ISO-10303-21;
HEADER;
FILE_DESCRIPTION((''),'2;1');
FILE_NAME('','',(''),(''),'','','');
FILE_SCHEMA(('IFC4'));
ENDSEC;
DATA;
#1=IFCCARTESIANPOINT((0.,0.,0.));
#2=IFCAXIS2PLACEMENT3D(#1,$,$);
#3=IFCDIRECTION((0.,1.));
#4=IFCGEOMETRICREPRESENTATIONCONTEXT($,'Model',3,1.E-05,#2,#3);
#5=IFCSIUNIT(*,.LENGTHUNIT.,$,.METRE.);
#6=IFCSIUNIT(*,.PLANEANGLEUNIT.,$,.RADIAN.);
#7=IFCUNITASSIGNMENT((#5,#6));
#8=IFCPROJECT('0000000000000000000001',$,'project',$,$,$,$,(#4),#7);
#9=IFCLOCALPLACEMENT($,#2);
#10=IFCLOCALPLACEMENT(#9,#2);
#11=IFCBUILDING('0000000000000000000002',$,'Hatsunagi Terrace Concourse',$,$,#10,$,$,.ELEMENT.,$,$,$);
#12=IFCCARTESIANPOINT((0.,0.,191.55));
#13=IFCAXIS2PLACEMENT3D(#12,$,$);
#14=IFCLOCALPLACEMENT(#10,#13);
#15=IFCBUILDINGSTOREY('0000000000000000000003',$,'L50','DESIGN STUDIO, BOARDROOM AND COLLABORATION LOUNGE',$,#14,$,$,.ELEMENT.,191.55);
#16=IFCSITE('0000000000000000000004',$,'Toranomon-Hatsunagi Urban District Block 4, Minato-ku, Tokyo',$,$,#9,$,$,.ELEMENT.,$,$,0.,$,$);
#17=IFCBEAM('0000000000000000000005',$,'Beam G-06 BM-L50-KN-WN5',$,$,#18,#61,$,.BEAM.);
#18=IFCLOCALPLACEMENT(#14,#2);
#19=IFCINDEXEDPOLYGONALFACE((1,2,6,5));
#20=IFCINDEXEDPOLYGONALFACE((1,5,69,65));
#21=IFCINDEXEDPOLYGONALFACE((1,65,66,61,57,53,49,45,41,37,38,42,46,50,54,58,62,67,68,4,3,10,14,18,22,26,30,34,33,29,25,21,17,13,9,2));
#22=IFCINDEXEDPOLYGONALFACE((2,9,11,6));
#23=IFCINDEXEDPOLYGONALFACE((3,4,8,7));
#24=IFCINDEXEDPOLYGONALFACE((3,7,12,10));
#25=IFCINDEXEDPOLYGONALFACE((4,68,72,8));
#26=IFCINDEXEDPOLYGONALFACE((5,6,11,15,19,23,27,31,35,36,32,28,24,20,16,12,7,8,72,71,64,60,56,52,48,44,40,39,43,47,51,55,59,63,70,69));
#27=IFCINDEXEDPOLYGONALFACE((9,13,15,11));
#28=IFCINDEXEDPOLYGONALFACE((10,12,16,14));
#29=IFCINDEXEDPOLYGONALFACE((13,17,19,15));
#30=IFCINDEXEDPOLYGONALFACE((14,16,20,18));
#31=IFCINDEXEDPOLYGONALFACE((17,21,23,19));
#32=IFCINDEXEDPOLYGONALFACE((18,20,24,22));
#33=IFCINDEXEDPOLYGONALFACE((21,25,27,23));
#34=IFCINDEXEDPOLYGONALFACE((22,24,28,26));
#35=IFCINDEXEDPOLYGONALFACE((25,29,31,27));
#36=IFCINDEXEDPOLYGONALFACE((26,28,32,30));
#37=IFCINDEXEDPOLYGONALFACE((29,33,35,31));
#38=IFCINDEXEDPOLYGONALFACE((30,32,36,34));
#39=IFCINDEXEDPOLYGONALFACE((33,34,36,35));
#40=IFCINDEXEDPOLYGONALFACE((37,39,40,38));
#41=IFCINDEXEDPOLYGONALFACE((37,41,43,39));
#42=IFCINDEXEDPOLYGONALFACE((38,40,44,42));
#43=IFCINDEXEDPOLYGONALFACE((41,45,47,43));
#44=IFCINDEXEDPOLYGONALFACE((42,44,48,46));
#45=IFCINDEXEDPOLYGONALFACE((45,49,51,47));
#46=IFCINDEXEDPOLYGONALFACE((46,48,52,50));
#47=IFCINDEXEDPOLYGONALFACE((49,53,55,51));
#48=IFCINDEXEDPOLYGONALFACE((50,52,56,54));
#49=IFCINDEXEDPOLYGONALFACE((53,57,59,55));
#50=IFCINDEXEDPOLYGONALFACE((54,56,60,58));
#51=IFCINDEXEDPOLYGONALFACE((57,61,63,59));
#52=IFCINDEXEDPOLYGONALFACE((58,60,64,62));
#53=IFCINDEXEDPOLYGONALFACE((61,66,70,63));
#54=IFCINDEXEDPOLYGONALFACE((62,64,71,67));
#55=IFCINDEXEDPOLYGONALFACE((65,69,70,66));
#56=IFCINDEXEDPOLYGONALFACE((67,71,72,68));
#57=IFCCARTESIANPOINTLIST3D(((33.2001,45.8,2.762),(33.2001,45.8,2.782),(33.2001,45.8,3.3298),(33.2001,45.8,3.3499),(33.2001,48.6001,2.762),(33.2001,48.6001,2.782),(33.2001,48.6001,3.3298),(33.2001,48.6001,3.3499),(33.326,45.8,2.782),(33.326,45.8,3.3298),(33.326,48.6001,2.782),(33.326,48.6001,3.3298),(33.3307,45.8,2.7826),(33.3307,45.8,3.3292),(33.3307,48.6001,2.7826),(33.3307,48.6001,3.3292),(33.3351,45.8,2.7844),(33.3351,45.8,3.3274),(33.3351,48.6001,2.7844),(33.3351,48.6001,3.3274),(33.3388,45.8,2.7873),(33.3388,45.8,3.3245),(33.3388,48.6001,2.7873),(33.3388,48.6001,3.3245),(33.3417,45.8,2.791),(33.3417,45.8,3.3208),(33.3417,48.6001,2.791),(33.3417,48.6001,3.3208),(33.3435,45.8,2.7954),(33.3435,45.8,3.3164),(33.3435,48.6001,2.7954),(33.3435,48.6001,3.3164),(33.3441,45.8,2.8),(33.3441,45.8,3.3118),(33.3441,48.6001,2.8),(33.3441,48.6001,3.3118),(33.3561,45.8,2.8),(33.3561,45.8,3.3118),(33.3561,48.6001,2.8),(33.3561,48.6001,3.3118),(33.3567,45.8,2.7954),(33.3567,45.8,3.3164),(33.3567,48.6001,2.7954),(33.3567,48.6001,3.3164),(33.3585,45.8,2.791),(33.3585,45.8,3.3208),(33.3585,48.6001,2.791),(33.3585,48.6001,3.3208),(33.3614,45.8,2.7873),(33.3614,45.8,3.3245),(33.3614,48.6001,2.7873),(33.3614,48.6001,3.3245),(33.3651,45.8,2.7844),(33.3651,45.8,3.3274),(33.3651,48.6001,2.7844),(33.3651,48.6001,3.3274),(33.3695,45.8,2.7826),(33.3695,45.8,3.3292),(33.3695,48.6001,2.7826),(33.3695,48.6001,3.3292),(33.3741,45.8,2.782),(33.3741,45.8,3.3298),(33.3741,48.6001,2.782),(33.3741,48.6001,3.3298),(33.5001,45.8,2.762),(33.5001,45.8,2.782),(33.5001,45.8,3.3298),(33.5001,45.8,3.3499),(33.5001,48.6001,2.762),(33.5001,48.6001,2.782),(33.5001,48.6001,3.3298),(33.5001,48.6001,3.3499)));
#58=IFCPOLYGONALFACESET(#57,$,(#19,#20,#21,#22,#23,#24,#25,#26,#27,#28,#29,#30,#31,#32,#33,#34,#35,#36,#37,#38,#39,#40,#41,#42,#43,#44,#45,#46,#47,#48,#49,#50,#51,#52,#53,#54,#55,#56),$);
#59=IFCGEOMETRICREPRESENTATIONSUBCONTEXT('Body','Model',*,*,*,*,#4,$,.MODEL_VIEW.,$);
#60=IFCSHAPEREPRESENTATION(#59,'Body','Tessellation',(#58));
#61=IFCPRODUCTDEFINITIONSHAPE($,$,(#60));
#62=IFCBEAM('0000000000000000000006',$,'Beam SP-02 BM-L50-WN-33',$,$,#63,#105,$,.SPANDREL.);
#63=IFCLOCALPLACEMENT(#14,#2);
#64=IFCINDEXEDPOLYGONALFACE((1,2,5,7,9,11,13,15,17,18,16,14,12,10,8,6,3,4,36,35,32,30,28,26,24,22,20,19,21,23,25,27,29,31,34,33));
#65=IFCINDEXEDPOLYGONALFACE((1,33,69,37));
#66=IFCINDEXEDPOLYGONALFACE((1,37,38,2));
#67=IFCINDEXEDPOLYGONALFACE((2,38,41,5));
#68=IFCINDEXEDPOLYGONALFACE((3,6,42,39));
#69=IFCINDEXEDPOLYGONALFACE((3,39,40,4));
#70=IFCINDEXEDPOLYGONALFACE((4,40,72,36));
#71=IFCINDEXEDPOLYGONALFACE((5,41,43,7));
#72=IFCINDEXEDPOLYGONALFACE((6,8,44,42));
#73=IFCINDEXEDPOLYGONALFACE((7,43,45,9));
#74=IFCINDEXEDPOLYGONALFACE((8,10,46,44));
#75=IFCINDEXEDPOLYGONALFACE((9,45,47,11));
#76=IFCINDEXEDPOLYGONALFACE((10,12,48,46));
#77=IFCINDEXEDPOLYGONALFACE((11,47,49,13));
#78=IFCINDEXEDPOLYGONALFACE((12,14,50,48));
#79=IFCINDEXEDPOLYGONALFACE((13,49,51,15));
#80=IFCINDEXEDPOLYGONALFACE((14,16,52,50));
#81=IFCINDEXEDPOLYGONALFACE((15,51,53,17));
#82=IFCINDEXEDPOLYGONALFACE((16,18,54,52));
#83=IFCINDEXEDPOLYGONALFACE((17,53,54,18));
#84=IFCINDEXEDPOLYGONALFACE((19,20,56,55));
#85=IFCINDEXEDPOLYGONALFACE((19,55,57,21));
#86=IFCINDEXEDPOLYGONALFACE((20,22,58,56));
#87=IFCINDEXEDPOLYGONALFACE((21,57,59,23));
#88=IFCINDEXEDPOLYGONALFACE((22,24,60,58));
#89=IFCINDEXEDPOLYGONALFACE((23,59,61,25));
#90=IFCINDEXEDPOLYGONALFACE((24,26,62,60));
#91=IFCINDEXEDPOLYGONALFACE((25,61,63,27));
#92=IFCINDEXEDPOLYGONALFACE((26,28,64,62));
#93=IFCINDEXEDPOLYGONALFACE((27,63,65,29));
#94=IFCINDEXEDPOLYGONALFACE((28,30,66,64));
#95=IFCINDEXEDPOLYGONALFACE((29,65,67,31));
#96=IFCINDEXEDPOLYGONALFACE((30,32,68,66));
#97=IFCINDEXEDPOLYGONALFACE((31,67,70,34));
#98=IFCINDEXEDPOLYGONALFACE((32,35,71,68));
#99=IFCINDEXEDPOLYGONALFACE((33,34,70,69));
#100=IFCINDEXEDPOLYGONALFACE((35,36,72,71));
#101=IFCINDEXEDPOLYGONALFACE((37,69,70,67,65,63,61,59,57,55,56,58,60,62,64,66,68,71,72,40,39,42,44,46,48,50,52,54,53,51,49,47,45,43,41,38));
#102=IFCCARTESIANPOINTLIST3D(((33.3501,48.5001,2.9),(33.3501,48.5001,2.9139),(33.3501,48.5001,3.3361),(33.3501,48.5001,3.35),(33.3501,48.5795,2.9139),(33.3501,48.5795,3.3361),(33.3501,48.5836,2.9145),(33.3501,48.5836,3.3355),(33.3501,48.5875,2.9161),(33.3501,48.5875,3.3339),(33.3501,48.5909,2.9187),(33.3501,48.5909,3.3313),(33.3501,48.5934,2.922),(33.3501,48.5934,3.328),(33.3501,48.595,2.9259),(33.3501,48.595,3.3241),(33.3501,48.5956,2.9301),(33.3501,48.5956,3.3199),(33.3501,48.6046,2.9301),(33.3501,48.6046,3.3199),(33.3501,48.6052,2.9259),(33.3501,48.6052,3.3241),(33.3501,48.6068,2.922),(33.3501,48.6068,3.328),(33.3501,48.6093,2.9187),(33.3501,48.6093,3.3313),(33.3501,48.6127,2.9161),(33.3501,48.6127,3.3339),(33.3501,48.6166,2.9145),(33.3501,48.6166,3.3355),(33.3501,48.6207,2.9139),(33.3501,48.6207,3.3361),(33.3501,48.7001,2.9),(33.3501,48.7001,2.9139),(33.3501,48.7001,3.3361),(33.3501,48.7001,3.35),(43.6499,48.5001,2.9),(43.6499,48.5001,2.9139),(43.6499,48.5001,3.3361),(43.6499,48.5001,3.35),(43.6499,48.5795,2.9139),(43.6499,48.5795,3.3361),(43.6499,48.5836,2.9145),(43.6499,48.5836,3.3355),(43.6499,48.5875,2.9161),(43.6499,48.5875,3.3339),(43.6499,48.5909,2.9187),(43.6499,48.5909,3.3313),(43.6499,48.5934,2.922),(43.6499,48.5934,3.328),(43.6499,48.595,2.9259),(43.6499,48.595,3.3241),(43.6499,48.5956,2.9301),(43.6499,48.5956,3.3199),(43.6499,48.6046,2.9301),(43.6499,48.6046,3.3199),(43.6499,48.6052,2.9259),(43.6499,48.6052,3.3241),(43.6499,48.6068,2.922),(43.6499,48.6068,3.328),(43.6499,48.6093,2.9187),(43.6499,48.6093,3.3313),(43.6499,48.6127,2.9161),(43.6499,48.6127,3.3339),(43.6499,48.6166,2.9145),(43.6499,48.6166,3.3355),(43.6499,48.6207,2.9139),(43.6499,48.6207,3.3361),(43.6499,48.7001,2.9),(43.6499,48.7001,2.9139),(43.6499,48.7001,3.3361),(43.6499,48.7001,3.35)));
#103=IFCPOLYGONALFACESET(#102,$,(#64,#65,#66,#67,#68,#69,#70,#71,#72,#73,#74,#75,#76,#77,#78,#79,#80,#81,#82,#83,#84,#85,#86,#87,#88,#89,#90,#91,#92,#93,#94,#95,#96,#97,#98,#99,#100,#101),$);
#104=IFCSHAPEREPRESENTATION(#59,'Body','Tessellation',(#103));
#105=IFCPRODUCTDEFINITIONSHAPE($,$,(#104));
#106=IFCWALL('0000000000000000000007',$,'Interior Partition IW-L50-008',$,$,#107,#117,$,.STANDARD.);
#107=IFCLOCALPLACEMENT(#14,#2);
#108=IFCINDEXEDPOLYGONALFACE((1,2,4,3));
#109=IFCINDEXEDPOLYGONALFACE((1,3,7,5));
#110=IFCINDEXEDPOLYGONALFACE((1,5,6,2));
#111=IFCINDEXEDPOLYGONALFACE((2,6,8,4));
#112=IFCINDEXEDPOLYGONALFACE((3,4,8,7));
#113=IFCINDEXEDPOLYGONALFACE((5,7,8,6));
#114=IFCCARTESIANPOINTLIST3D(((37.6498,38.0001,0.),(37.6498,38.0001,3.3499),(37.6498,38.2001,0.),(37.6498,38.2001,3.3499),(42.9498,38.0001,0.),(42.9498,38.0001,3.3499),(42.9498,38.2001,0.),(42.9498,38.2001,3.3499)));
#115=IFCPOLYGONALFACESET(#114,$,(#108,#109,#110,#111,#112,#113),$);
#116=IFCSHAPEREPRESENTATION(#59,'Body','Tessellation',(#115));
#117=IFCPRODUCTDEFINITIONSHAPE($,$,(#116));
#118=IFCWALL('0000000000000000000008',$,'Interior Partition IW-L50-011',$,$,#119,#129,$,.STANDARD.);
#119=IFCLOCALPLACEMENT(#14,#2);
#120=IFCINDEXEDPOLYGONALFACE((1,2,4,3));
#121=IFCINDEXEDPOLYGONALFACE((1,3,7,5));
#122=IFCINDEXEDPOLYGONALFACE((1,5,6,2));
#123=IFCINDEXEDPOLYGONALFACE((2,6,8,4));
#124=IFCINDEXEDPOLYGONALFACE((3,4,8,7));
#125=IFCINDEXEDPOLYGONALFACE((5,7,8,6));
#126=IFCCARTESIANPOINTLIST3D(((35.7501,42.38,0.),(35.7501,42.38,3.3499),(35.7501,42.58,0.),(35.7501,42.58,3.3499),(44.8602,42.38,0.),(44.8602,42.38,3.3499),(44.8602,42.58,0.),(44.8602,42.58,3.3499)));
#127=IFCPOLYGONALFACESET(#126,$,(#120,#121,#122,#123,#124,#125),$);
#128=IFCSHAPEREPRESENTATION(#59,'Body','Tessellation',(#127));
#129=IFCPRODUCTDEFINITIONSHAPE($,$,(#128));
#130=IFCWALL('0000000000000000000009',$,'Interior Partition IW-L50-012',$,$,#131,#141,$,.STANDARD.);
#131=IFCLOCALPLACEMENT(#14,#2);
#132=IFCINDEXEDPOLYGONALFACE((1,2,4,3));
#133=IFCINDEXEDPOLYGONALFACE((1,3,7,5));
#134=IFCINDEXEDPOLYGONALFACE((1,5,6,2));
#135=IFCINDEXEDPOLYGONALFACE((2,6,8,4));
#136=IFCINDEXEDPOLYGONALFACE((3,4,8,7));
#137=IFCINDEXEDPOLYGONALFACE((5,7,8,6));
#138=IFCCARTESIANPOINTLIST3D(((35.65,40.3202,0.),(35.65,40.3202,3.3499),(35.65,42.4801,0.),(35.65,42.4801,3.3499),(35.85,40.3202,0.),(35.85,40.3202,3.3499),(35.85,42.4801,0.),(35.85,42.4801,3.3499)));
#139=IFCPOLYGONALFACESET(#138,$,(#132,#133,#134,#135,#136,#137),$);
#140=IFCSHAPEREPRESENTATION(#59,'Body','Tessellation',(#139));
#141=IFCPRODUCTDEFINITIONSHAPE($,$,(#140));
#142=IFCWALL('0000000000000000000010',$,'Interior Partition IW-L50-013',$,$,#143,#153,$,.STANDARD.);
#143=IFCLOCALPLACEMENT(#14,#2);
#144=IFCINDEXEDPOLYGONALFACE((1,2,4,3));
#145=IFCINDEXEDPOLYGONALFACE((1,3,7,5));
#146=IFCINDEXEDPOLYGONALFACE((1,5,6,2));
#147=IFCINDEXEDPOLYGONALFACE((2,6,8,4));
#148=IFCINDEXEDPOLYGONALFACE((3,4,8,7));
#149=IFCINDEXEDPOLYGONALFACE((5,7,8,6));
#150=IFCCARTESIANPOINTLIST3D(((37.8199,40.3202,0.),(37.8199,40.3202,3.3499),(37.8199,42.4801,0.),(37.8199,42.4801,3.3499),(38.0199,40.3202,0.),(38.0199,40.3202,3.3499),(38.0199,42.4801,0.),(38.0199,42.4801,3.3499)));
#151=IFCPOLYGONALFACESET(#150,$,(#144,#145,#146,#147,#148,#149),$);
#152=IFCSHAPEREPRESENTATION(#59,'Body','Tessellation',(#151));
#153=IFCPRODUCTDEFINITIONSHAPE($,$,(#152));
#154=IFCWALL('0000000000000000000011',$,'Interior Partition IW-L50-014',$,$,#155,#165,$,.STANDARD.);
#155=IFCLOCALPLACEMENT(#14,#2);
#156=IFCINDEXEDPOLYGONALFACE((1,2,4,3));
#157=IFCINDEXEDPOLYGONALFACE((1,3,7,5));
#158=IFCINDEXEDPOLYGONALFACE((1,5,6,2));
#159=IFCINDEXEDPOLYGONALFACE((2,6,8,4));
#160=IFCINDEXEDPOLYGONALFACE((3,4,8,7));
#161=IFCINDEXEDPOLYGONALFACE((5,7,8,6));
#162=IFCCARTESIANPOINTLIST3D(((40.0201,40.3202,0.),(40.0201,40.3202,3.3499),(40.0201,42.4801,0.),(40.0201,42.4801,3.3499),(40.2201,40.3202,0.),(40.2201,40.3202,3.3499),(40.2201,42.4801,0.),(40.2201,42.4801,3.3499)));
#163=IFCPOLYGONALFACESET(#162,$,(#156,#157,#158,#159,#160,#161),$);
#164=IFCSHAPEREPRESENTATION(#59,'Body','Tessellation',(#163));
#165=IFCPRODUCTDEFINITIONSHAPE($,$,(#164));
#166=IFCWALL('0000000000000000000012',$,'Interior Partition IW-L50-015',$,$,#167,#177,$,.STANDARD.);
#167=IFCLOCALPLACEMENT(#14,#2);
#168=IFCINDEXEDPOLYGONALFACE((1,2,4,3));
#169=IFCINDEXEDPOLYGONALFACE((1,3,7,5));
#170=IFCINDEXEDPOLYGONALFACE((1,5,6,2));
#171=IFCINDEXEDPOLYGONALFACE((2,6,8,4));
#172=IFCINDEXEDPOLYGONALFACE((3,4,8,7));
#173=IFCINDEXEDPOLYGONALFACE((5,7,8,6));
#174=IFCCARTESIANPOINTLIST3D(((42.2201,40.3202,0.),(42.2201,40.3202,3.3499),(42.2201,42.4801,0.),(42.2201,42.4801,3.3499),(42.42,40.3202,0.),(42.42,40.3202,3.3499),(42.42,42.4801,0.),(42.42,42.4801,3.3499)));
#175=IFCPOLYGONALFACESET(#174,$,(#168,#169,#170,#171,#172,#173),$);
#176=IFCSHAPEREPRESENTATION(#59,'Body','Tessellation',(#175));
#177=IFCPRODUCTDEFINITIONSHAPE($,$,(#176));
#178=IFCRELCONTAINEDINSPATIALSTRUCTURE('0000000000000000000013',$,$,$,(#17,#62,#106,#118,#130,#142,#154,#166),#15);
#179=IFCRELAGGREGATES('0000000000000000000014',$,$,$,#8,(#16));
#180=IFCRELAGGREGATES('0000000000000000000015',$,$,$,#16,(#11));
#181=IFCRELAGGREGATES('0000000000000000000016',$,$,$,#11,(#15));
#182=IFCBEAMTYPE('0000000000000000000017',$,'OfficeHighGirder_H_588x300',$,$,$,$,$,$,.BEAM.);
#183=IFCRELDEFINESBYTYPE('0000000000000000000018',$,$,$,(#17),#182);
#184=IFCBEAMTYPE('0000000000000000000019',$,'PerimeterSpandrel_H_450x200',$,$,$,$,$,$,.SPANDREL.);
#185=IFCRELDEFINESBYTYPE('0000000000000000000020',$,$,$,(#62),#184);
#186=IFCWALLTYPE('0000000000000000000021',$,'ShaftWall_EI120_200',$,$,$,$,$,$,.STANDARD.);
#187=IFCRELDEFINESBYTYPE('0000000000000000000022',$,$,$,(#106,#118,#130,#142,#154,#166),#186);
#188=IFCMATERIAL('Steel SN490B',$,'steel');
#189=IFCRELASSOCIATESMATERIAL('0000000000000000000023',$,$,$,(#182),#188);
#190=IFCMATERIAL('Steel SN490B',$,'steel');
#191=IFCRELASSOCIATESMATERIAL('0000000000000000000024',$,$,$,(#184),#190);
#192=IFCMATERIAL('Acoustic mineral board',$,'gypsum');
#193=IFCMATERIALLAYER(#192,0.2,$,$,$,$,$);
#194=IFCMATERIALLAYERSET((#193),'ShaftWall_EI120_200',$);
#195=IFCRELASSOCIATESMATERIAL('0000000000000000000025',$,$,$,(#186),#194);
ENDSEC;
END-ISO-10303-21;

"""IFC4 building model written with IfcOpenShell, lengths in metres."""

from ifc_helpers import new_model, si_unit, direction, frame, frame_2d, origin, origin_2d, place, context, subcontext, project, spatial, rectangle, i_section, extrude, material, layer, layer_set, material_profile, profile_set, type_object, element, save


model = new_model("IFC4")

# Units and contexts
model_context = context("Model", 3, precision=1e-05, world=origin(), true_north=direction((0.0, 1.0)))
body_context = subcontext(model_context, "Body", "Model", "MODEL_VIEW")
ifc_project = project(units=[si_unit("LENGTHUNIT", "METRE"), si_unit("PLANEANGLEUNIT", "RADIAN")], contexts=[model_context])

# Site, building, storey
site_placement = place(None, origin())
site = spatial("IfcSite", under=ifc_project, at=site_placement, Name="Toranomon-Hatsunagi Urban District Block 4, Minato-ku, Tokyo", CompositionType="ELEMENT", RefElevation=0.0)
building_placement = place(site_placement, origin())
building = spatial("IfcBuilding", under=site, at=building_placement, Name="Hatsunagi Terrace Concourse", CompositionType="ELEMENT")
storey_placement = place(building_placement, frame((0.0, 0.0, 191.55)))
storey = spatial("IfcBuildingStorey", under=building, at=storey_placement, Name="L50", Description="DESIGN STUDIO, BOARDROOM AND COLLABORATION LOUNGE", CompositionType="ELEMENT", Elevation=191.55)

# Beams
ifc_material_1 = material(Name="Steel SN490B", Category="steel")
ifc_material_profile_1 = material_profile(ifc_material_1, i_section(OverallWidth=0.3, OverallDepth=0.5879, WebThickness=0.012, FlangeThickness=0.02, FilletRadius=0.0181, at=origin_2d()), Name="H-588x300x12x20")
ifc_profile_set_1 = profile_set([ifc_material_profile_1], Name="Steel SN490B")
beam_type_1 = type_object("IfcBeamType", Name="OfficeHighGirder_H_588x300", PredefinedType="BEAM", material=ifc_profile_set_1)
beam_1_placement = place(storey_placement, frame((33.3501, 45.8, 3.0559), z_axis=(0.0, 1.0, 0.0), x_axis=(-1.0, 0.0, 0.0)))
element("IfcBeam", 1, at=beam_1_placement, inside=storey, type_object=beam_type_1, Name="Beam G-06 BM-L50-KN-WN5", PredefinedType="BEAM", context=body_context, shape_type="SweptSolid", body=[
    extrude(i_section(OverallWidth=0.3, OverallDepth=0.5879, WebThickness=0.012, FlangeThickness=0.02, FilletRadius=0.0181, at=origin_2d()), origin(), (0.0, 0.0, 1.0), 2.8),
])
ifc_material_2 = material(Name="Steel SN490B", Category="steel")
ifc_material_profile_2 = material_profile(ifc_material_2, i_section(OverallWidth=0.2, OverallDepth=0.45, WebThickness=0.009, FlangeThickness=0.0139, FilletRadius=0.0161, at=origin_2d()), Name="H-450x200x9x14")
ifc_profile_set_2 = profile_set([ifc_material_profile_2], Name="Steel SN490B")
beam_type_2 = type_object("IfcBeamType", Name="PerimeterSpandrel_H_450x200", PredefinedType="SPANDREL", material=ifc_profile_set_2)
beam_2_placement = place(storey_placement, frame((33.3501, 48.6001, 3.125), z_axis=(1.0, 0.0, 0.0), x_axis=(0.0, 1.0, 0.0)))
element("IfcBeam", 2, at=beam_2_placement, inside=storey, type_object=beam_type_2, Name="Beam SP-02 BM-L50-WN-33", PredefinedType="SPANDREL", context=body_context, shape_type="SweptSolid", body=[
    extrude(i_section(OverallWidth=0.2, OverallDepth=0.45, WebThickness=0.009, FlangeThickness=0.0139, FilletRadius=0.0161, at=origin_2d()), origin(), (0.0, 0.0, 1.0), 10.2998),
])

# Walls
ifc_material_3 = material(Name="Acoustic mineral board", Category="gypsum")
ifc_layer_1 = layer(ifc_material_3, 0.2)
ifc_layer_set_1 = layer_set([ifc_layer_1], Name="ShaftWall_EI120_200")
wall_type_1 = type_object("IfcWallType", Name="ShaftWall_EI120_200", PredefinedType="STANDARD", material=ifc_layer_set_1)
wall_1_placement = place(storey_placement, frame((37.6499, 38.1001, 0.0), z_axis=(0.0, 0.0, 1.0), x_axis=(1.0, 0.0, 0.0)))
element("IfcWall", 3, at=wall_1_placement, inside=storey, type_object=wall_type_1, Name="Interior Partition IW-L50-008", PredefinedType="STANDARD", context=body_context, shape_type="SweptSolid", body=[
    extrude(rectangle(XDim=5.3, YDim=0.2, at=frame_2d((2.6499, 0.0))), origin(), (0.0, 0.0, 1.0), 3.3499),
])
wall_2_placement = place(storey_placement, frame((35.75, 42.48, 0.0), z_axis=(0.0, 0.0, 1.0), x_axis=(1.0, 0.0, 0.0)))
element("IfcWall", 4, at=wall_2_placement, inside=storey, type_object=wall_type_1, Name="Interior Partition IW-L50-011", PredefinedType="STANDARD", context=body_context, shape_type="SweptSolid", body=[
    extrude(rectangle(XDim=9.1101, YDim=0.2, at=frame_2d((4.5552, 0.0))), origin(), (0.0, 0.0, 1.0), 3.3499),
])
for number, where, z_axis, x_axis, name in (
    (5, (35.75, 40.3201, 0.0), (0.0, 0.0, 1.0), (0.0, 1.0, 0.0), "Interior Partition IW-L50-012"),
    (6, (37.9199, 40.3201, 0.0), (0.0, 0.0, 1.0), (0.0, 1.0, 0.0), "Interior Partition IW-L50-013"),
    (7, (40.1201, 40.3201, 0.0), (0.0, 0.0, 1.0), (0.0, 1.0, 0.0), "Interior Partition IW-L50-014"),
    (8, (42.3201, 40.3201, 0.0), (0.0, 0.0, 1.0), (0.0, 1.0, 0.0), "Interior Partition IW-L50-015"),
):
    element("IfcWall", number, at=place(storey_placement, frame(where, z_axis=z_axis, x_axis=x_axis)), inside=storey, type_object=wall_type_1, Name=name, PredefinedType="STANDARD", context=body_context, shape_type="SweptSolid", body=[
        extrude(rectangle(XDim=2.1599, YDim=0.2, at=frame_2d((1.0801, 0.0))), origin(), (0.0, 0.0, 1.0), 3.3499),
    ])

save(model, "model.ifc")
